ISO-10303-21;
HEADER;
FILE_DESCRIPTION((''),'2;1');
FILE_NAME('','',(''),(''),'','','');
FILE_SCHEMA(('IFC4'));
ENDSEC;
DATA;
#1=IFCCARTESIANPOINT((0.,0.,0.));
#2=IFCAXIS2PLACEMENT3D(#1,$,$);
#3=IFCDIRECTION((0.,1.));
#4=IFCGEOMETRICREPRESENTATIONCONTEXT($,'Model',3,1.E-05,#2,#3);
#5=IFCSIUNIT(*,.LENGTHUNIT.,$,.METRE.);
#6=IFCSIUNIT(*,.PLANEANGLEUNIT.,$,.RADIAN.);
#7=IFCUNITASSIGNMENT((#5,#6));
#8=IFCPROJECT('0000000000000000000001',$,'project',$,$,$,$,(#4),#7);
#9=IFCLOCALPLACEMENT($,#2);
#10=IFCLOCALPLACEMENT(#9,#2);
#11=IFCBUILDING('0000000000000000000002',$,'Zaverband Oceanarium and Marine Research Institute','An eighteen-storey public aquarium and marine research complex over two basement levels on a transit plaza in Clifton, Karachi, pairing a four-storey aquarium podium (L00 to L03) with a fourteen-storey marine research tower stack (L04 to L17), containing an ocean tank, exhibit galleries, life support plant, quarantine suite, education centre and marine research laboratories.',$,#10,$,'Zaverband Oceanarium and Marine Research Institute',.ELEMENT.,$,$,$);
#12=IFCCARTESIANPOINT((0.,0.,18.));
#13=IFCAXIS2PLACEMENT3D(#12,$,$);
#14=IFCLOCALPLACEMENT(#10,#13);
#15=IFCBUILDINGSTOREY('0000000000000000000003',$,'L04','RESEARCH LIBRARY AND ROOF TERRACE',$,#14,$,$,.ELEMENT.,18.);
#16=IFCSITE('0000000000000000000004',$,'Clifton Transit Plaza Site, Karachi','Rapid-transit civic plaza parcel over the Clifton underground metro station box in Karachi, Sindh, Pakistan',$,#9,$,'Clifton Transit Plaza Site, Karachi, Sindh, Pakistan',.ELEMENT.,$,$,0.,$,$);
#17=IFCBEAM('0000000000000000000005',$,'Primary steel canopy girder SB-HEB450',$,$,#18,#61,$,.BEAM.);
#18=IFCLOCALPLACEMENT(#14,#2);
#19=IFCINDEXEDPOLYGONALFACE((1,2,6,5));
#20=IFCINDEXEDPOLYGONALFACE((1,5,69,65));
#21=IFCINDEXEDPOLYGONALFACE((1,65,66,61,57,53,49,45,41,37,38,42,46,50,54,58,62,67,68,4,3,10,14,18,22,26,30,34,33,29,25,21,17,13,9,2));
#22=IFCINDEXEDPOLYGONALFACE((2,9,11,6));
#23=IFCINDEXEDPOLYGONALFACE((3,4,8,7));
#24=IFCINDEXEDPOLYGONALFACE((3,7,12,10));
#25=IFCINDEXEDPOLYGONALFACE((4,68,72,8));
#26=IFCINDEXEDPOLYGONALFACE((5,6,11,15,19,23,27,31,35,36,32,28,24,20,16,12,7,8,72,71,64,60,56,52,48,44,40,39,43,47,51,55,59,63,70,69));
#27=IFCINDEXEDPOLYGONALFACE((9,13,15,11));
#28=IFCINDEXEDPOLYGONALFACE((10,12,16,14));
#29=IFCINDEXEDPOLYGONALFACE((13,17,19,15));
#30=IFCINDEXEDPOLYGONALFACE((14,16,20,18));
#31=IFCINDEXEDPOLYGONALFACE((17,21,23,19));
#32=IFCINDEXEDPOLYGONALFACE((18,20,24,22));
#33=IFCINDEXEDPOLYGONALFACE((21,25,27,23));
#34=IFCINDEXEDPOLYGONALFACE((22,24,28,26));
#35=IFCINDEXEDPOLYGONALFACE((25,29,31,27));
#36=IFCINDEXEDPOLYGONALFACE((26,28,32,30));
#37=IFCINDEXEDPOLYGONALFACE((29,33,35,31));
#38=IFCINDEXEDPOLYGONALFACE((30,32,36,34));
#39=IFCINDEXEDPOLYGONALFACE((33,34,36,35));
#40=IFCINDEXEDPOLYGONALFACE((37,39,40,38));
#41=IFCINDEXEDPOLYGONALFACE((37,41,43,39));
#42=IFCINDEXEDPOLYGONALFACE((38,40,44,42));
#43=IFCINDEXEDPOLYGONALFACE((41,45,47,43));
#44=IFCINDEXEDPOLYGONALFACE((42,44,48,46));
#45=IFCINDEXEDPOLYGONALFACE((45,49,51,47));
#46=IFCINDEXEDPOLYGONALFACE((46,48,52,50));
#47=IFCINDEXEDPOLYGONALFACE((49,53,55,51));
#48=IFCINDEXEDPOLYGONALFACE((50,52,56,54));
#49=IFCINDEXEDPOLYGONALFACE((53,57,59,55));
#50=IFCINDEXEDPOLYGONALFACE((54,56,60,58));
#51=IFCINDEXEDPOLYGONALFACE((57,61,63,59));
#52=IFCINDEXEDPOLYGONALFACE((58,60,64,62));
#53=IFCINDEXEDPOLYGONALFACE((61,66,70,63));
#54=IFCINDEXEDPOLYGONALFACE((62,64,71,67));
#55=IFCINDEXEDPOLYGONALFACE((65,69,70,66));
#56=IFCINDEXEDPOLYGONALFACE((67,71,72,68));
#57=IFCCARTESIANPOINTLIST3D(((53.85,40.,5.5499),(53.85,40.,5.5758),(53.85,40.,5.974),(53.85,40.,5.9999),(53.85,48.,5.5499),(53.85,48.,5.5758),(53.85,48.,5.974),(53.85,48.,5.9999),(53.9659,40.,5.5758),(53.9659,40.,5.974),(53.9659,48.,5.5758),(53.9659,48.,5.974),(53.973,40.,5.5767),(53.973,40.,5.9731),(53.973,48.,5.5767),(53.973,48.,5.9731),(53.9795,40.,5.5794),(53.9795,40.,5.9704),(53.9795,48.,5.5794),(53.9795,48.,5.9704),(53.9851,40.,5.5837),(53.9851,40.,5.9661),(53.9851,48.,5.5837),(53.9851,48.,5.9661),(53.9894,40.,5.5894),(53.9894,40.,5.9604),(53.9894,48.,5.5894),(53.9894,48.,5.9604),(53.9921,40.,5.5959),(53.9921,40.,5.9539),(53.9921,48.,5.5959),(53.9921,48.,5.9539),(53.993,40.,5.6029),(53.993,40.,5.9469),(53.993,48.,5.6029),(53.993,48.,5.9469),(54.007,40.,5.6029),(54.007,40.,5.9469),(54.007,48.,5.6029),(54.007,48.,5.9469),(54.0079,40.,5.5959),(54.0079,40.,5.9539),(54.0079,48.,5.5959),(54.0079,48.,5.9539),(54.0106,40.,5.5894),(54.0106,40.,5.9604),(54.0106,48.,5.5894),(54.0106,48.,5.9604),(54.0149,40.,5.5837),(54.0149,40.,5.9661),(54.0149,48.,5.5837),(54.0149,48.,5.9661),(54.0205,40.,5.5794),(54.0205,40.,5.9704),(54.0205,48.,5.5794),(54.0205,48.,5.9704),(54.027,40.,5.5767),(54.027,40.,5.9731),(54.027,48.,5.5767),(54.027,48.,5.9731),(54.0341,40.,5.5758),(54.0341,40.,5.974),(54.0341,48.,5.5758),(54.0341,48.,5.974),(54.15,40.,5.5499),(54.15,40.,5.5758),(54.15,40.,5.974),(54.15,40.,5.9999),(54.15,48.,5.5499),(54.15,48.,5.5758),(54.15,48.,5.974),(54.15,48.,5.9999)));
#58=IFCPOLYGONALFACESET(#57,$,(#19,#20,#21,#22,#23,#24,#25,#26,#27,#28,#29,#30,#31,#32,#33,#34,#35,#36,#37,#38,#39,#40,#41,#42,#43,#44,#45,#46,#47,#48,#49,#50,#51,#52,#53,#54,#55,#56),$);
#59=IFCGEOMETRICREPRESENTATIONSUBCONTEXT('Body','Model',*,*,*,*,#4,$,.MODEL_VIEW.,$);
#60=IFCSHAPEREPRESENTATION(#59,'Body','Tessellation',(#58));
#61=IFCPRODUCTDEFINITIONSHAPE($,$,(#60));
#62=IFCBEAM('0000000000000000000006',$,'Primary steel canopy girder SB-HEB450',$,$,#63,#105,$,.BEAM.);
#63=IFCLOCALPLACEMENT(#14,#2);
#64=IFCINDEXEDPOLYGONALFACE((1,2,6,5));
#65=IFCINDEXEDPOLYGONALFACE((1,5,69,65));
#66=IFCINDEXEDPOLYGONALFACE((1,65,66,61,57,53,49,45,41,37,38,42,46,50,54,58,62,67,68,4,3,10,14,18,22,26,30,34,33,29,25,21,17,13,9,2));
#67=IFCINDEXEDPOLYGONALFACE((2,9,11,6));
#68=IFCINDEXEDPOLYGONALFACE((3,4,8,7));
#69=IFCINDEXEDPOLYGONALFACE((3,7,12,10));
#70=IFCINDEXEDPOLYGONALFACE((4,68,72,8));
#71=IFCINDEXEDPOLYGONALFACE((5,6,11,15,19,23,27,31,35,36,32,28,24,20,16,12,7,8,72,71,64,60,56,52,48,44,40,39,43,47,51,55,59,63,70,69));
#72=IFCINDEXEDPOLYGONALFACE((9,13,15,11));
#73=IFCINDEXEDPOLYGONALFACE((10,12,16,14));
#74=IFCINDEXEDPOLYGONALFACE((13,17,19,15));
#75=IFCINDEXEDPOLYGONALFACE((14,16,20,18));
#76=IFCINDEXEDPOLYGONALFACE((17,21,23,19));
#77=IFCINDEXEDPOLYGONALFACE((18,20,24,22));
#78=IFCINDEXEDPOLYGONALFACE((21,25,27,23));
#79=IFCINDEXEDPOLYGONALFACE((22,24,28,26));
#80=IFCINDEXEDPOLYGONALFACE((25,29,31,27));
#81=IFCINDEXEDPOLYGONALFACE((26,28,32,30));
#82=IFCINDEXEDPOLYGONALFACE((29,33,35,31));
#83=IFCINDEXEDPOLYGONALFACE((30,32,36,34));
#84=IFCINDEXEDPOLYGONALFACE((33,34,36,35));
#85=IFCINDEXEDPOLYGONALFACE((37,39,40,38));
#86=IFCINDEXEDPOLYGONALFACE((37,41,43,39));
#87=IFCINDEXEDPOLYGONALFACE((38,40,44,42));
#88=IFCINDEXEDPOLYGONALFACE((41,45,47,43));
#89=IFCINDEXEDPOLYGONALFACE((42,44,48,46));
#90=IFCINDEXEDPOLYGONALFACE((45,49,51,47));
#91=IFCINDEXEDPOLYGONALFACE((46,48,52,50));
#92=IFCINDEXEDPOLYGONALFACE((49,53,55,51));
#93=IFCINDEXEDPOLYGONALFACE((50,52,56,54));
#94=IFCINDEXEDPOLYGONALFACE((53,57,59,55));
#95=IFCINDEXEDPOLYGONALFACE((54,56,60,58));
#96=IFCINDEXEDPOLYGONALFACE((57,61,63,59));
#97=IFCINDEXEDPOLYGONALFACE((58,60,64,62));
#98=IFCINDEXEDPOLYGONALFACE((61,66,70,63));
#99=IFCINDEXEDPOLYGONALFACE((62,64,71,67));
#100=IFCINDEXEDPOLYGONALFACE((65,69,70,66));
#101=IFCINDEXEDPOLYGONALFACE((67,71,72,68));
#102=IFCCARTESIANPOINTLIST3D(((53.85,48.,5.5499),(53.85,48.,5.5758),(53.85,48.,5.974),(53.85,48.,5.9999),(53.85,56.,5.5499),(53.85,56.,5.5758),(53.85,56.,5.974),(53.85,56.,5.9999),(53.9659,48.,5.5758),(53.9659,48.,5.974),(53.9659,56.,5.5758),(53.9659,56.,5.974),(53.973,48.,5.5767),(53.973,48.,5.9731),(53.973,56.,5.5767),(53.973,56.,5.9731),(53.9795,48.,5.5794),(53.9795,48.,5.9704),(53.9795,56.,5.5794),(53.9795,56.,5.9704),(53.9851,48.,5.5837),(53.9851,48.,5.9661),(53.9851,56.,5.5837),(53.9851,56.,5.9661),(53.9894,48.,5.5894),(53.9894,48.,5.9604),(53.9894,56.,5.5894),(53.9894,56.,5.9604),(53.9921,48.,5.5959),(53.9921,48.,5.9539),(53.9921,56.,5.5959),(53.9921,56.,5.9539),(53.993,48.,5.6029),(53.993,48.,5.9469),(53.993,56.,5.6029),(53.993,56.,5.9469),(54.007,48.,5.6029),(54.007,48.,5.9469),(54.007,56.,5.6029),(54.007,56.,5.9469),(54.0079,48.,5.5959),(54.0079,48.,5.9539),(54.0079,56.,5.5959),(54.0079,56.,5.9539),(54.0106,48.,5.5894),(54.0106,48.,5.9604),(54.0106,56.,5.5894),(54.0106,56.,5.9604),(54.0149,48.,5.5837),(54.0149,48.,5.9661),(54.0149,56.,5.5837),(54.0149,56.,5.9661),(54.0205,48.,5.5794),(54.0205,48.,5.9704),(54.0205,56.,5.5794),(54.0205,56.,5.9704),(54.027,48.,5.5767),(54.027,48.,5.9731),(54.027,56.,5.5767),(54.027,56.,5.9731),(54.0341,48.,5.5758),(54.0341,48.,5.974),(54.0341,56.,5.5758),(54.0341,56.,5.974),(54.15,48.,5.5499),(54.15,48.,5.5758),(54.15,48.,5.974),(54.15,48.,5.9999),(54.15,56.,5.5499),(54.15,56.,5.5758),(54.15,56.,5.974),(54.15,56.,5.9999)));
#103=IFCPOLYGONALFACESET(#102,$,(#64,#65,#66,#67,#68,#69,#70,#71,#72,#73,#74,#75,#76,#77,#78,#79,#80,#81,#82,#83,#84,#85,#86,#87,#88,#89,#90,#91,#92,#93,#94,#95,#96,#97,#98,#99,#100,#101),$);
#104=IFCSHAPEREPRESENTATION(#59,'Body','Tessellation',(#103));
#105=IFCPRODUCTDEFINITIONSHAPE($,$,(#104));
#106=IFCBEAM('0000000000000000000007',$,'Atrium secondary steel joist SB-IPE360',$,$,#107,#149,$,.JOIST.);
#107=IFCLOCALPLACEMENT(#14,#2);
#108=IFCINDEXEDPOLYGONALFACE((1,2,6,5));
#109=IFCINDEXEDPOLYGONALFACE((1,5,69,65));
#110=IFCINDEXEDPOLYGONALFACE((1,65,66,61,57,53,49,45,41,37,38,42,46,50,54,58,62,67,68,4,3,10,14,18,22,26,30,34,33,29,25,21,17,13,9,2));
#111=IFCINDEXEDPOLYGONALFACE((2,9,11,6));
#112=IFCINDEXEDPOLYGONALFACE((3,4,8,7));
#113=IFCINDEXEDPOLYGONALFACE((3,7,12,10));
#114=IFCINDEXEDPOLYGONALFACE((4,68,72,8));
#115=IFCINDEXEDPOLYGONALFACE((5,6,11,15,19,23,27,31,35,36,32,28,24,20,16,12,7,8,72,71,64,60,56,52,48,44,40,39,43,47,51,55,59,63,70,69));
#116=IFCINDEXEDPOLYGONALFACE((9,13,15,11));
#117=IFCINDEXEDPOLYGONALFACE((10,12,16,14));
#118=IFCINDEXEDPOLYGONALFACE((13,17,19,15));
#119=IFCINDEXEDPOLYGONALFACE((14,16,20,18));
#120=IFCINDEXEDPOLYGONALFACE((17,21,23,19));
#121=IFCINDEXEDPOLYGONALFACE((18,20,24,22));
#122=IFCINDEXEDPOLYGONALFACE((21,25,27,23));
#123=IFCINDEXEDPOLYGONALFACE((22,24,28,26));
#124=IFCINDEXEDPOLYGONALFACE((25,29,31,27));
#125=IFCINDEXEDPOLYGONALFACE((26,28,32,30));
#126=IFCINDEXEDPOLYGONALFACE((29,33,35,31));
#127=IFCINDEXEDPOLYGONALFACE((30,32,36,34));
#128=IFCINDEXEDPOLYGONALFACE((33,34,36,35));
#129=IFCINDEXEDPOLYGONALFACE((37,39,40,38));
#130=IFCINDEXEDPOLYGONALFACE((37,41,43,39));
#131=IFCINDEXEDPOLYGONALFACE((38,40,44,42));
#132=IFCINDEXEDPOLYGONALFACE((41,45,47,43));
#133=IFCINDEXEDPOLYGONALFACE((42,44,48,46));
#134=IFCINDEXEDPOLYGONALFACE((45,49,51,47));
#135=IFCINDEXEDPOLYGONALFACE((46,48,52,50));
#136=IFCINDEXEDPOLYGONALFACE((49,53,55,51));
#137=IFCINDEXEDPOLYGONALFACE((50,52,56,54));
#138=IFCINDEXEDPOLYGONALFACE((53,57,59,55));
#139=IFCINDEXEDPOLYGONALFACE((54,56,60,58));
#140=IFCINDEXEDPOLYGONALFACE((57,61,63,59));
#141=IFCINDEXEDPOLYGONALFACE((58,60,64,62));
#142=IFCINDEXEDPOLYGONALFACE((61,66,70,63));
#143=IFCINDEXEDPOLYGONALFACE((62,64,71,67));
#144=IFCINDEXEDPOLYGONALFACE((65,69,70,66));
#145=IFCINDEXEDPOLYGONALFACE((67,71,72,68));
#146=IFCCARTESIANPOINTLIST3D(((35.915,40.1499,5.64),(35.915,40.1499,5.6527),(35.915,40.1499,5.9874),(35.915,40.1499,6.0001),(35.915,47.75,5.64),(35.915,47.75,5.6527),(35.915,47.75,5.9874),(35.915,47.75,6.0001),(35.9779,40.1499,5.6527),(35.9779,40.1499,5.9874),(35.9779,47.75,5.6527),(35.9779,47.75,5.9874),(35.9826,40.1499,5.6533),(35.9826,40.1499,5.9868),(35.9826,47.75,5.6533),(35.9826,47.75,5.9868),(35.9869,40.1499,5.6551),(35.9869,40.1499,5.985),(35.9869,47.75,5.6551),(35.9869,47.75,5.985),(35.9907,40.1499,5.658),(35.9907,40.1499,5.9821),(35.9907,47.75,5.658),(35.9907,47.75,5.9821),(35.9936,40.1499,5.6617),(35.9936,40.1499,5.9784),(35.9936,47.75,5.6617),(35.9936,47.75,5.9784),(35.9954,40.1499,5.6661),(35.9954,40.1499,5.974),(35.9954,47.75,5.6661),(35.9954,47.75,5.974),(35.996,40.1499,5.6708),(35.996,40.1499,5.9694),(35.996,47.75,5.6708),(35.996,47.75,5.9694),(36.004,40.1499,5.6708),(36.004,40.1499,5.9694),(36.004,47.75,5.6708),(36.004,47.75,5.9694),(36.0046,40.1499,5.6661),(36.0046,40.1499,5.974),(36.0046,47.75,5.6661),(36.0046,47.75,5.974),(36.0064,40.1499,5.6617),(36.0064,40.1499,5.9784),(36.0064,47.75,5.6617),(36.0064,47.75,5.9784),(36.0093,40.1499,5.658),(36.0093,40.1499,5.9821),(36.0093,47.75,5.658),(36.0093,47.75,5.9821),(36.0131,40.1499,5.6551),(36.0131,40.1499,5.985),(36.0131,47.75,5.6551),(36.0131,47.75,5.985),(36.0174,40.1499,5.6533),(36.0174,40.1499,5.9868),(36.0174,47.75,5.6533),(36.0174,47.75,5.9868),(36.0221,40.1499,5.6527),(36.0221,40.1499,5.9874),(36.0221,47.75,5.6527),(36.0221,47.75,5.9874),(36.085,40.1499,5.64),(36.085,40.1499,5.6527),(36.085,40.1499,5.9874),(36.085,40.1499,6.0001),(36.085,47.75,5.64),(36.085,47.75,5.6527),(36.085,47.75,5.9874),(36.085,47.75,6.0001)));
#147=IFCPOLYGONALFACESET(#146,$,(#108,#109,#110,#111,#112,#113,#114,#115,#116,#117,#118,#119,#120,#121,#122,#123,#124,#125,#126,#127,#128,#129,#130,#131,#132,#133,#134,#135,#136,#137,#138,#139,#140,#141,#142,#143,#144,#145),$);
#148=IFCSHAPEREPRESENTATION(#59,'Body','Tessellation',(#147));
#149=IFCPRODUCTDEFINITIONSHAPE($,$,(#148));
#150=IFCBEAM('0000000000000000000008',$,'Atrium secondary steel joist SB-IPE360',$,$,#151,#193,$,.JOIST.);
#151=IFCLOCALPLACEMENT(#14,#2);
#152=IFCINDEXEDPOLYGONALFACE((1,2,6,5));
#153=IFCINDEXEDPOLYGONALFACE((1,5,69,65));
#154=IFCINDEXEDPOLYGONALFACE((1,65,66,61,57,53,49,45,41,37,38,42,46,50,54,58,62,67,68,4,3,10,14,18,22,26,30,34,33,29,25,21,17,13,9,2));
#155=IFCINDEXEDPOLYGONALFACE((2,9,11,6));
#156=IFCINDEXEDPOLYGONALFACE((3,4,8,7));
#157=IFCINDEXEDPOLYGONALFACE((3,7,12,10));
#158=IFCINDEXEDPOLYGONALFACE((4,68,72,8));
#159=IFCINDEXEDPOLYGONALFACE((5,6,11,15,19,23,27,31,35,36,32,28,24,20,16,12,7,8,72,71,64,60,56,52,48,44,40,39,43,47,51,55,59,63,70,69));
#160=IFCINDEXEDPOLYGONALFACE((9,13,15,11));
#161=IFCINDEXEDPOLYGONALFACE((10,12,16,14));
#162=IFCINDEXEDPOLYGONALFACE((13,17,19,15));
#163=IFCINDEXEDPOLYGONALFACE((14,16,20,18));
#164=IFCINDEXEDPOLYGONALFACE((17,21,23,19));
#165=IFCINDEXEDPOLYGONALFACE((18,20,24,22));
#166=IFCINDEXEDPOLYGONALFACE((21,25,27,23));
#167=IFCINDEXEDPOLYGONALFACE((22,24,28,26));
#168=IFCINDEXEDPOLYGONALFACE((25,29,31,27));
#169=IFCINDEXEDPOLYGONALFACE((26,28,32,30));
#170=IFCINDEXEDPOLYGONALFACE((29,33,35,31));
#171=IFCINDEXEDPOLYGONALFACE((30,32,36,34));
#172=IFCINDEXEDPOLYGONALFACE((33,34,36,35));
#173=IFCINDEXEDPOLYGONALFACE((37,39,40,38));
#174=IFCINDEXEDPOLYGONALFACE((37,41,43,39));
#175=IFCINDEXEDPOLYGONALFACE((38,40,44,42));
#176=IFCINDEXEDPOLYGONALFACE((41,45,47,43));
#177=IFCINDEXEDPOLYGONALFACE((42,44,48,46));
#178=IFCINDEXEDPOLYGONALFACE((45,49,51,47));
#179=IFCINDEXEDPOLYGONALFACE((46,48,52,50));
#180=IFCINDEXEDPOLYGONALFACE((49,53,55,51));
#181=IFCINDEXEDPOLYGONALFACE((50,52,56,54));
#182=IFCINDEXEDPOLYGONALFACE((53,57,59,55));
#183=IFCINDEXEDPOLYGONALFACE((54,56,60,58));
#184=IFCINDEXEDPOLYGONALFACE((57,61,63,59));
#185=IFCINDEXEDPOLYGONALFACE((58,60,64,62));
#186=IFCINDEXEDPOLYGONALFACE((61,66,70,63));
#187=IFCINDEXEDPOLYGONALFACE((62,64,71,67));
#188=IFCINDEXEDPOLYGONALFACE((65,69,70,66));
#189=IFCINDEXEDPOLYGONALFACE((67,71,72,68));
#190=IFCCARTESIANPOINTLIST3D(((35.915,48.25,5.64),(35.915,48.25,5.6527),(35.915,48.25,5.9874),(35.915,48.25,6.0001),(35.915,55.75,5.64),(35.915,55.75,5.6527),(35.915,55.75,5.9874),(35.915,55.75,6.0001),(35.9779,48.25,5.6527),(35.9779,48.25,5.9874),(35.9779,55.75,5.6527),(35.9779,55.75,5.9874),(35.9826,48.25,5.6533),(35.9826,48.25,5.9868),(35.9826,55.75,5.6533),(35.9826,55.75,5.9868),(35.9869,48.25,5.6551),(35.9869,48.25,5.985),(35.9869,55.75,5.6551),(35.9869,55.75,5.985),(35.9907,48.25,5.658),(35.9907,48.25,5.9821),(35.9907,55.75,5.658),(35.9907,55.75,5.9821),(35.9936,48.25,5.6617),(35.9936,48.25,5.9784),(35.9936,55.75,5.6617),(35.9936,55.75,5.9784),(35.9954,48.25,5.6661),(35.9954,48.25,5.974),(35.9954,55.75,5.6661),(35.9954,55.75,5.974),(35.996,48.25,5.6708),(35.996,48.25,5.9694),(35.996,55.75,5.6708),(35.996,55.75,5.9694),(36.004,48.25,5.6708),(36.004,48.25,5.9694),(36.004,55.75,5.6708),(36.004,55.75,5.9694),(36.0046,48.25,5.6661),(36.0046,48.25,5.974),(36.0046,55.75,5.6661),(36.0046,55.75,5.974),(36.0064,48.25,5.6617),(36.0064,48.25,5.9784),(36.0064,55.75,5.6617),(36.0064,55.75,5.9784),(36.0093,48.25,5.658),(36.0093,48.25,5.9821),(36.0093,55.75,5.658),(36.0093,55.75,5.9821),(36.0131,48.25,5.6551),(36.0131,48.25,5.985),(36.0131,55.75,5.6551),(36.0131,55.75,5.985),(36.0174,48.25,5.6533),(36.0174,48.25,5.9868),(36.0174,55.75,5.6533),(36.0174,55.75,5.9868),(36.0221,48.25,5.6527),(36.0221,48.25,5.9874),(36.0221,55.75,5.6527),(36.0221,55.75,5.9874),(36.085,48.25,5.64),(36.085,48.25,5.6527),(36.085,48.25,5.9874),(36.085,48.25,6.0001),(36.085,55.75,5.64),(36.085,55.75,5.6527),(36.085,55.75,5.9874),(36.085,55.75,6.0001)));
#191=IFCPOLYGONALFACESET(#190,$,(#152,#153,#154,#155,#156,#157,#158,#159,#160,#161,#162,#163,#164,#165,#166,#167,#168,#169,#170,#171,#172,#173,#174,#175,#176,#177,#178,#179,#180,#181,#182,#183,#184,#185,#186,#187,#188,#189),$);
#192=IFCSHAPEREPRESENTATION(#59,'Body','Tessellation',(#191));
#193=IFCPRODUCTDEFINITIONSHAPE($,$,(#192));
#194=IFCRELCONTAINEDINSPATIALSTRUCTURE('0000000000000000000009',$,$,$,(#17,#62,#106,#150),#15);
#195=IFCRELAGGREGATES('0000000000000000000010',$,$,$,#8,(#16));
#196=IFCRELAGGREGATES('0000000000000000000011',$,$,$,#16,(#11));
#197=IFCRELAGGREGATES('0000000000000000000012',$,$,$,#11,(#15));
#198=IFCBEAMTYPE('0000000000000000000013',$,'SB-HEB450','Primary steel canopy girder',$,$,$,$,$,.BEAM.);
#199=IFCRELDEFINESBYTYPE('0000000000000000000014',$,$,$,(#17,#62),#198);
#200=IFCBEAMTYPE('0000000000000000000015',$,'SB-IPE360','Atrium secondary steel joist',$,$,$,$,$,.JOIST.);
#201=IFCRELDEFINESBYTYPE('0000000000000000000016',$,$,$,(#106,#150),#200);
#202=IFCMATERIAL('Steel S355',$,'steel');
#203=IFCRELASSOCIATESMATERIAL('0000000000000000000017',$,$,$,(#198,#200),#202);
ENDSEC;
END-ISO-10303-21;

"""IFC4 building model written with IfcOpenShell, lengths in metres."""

from ifc_helpers import new_model, si_unit, direction, frame, origin, origin_2d, place, context, subcontext, project, spatial, i_section, extrude, material, material_profile, profile_set, type_object, element, save


model = new_model("IFC4")

# Units and contexts
model_context = context("Model", 3, precision=1e-05, world=origin(), true_north=direction((0.0, 1.0)))
body_context = subcontext(model_context, "Body", "Model", "MODEL_VIEW")
ifc_project = project(units=[si_unit("LENGTHUNIT", "METRE"), si_unit("PLANEANGLEUNIT", "RADIAN")], contexts=[model_context])

# Site, building, storey
site_placement = place(None, origin())
site = spatial("IfcSite", under=ifc_project, at=site_placement, Name="Clifton Transit Plaza Site, Karachi", Description="Rapid-transit civic plaza parcel over the Clifton underground metro station box in Karachi, Sindh, Pakistan", LongName="Clifton Transit Plaza Site, Karachi, Sindh, Pakistan", CompositionType="ELEMENT", RefElevation=0.0)
building_placement = place(site_placement, origin())
building = spatial("IfcBuilding", under=site, at=building_placement, Name="Zaverband Oceanarium and Marine Research Institute", Description="An eighteen-storey public aquarium and marine research complex over two basement levels on a transit plaza in Clifton, Karachi, pairing a four-storey aquarium podium (L00 to L03) with a fourteen-storey marine research tower stack (L04 to L17), containing an ocean tank, exhibit galleries, life support plant, quarantine suite, education centre and marine research laboratories.", LongName="Zaverband Oceanarium and Marine Research Institute", CompositionType="ELEMENT")
storey_placement = place(building_placement, frame((0.0, 0.0, 18.0)))
storey = spatial("IfcBuildingStorey", under=building, at=storey_placement, Name="L04", Description="RESEARCH LIBRARY AND ROOF TERRACE", CompositionType="ELEMENT", Elevation=18.0)

# Shared definitions
ifc_material_1 = material(Name="Steel S355", Category="steel")

# Beams
ifc_material_profile_1 = material_profile(ifc_material_1, i_section(OverallWidth=0.3, OverallDepth=0.45, WebThickness=0.0139, FlangeThickness=0.0259, FilletRadius=0.0271, at=origin_2d()), Name="HEB450")
ifc_profile_set_1 = profile_set([ifc_material_profile_1], Name="Steel S355")
beam_type_1 = type_object("IfcBeamType", Name="SB-HEB450", Description="Primary steel canopy girder", PredefinedType="BEAM", material=ifc_profile_set_1)
for number, where, z_axis, x_axis, name in (
    (1, (54.0, 40.0, 5.7749), (0.0, 1.0, 0.0), (-1.0, 0.0, 0.0), "Primary steel canopy girder SB-HEB450"),
    (2, (54.0, 48.0, 5.7749), (0.0, 1.0, 0.0), (-1.0, 0.0, 0.0), "Primary steel canopy girder SB-HEB450"),
):
    element("IfcBeam", number, at=place(storey_placement, frame(where, z_axis=z_axis, x_axis=x_axis)), inside=storey, type_object=beam_type_1, Name=name, PredefinedType="BEAM", context=body_context, shape_type="SweptSolid", body=[
        extrude(i_section(OverallWidth=0.3, OverallDepth=0.45, WebThickness=0.0139, FlangeThickness=0.0259, FilletRadius=0.0271, at=origin_2d()), origin(), (0.0, 0.0, 1.0), 8.0),
    ])
ifc_material_profile_2 = material_profile(ifc_material_1, i_section(OverallWidth=0.1699, OverallDepth=0.3601, WebThickness=0.0081, FlangeThickness=0.0127, FilletRadius=0.0181, at=origin_2d()), Name="IPE360")
ifc_profile_set_2 = profile_set([ifc_material_profile_2], Name="Steel S355")
beam_type_2 = type_object("IfcBeamType", Name="SB-IPE360", Description="Atrium secondary steel joist", PredefinedType="JOIST", material=ifc_profile_set_2)
beam_1_placement = place(storey_placement, frame((36.0, 40.1499, 5.8201), z_axis=(0.0, 1.0, 0.0), x_axis=(-1.0, 0.0, 0.0)))
element("IfcBeam", 3, at=beam_1_placement, inside=storey, type_object=beam_type_2, Name="Atrium secondary steel joist SB-IPE360", PredefinedType="JOIST", context=body_context, shape_type="SweptSolid", body=[
    extrude(i_section(OverallWidth=0.1699, OverallDepth=0.3601, WebThickness=0.0081, FlangeThickness=0.0127, FilletRadius=0.0181, at=origin_2d()), origin(), (0.0, 0.0, 1.0), 7.6001),
])
beam_2_placement = place(storey_placement, frame((36.0, 48.25, 5.8201), z_axis=(0.0, 1.0, 0.0), x_axis=(-1.0, 0.0, 0.0)))
element("IfcBeam", 4, at=beam_2_placement, inside=storey, type_object=beam_type_2, Name="Atrium secondary steel joist SB-IPE360", PredefinedType="JOIST", context=body_context, shape_type="SweptSolid", body=[
    extrude(i_section(OverallWidth=0.1699, OverallDepth=0.3601, WebThickness=0.0081, FlangeThickness=0.0127, FilletRadius=0.0181, at=origin_2d()), origin(), (0.0, 0.0, 1.0), 7.5),
])

save(model, "model.ifc")
